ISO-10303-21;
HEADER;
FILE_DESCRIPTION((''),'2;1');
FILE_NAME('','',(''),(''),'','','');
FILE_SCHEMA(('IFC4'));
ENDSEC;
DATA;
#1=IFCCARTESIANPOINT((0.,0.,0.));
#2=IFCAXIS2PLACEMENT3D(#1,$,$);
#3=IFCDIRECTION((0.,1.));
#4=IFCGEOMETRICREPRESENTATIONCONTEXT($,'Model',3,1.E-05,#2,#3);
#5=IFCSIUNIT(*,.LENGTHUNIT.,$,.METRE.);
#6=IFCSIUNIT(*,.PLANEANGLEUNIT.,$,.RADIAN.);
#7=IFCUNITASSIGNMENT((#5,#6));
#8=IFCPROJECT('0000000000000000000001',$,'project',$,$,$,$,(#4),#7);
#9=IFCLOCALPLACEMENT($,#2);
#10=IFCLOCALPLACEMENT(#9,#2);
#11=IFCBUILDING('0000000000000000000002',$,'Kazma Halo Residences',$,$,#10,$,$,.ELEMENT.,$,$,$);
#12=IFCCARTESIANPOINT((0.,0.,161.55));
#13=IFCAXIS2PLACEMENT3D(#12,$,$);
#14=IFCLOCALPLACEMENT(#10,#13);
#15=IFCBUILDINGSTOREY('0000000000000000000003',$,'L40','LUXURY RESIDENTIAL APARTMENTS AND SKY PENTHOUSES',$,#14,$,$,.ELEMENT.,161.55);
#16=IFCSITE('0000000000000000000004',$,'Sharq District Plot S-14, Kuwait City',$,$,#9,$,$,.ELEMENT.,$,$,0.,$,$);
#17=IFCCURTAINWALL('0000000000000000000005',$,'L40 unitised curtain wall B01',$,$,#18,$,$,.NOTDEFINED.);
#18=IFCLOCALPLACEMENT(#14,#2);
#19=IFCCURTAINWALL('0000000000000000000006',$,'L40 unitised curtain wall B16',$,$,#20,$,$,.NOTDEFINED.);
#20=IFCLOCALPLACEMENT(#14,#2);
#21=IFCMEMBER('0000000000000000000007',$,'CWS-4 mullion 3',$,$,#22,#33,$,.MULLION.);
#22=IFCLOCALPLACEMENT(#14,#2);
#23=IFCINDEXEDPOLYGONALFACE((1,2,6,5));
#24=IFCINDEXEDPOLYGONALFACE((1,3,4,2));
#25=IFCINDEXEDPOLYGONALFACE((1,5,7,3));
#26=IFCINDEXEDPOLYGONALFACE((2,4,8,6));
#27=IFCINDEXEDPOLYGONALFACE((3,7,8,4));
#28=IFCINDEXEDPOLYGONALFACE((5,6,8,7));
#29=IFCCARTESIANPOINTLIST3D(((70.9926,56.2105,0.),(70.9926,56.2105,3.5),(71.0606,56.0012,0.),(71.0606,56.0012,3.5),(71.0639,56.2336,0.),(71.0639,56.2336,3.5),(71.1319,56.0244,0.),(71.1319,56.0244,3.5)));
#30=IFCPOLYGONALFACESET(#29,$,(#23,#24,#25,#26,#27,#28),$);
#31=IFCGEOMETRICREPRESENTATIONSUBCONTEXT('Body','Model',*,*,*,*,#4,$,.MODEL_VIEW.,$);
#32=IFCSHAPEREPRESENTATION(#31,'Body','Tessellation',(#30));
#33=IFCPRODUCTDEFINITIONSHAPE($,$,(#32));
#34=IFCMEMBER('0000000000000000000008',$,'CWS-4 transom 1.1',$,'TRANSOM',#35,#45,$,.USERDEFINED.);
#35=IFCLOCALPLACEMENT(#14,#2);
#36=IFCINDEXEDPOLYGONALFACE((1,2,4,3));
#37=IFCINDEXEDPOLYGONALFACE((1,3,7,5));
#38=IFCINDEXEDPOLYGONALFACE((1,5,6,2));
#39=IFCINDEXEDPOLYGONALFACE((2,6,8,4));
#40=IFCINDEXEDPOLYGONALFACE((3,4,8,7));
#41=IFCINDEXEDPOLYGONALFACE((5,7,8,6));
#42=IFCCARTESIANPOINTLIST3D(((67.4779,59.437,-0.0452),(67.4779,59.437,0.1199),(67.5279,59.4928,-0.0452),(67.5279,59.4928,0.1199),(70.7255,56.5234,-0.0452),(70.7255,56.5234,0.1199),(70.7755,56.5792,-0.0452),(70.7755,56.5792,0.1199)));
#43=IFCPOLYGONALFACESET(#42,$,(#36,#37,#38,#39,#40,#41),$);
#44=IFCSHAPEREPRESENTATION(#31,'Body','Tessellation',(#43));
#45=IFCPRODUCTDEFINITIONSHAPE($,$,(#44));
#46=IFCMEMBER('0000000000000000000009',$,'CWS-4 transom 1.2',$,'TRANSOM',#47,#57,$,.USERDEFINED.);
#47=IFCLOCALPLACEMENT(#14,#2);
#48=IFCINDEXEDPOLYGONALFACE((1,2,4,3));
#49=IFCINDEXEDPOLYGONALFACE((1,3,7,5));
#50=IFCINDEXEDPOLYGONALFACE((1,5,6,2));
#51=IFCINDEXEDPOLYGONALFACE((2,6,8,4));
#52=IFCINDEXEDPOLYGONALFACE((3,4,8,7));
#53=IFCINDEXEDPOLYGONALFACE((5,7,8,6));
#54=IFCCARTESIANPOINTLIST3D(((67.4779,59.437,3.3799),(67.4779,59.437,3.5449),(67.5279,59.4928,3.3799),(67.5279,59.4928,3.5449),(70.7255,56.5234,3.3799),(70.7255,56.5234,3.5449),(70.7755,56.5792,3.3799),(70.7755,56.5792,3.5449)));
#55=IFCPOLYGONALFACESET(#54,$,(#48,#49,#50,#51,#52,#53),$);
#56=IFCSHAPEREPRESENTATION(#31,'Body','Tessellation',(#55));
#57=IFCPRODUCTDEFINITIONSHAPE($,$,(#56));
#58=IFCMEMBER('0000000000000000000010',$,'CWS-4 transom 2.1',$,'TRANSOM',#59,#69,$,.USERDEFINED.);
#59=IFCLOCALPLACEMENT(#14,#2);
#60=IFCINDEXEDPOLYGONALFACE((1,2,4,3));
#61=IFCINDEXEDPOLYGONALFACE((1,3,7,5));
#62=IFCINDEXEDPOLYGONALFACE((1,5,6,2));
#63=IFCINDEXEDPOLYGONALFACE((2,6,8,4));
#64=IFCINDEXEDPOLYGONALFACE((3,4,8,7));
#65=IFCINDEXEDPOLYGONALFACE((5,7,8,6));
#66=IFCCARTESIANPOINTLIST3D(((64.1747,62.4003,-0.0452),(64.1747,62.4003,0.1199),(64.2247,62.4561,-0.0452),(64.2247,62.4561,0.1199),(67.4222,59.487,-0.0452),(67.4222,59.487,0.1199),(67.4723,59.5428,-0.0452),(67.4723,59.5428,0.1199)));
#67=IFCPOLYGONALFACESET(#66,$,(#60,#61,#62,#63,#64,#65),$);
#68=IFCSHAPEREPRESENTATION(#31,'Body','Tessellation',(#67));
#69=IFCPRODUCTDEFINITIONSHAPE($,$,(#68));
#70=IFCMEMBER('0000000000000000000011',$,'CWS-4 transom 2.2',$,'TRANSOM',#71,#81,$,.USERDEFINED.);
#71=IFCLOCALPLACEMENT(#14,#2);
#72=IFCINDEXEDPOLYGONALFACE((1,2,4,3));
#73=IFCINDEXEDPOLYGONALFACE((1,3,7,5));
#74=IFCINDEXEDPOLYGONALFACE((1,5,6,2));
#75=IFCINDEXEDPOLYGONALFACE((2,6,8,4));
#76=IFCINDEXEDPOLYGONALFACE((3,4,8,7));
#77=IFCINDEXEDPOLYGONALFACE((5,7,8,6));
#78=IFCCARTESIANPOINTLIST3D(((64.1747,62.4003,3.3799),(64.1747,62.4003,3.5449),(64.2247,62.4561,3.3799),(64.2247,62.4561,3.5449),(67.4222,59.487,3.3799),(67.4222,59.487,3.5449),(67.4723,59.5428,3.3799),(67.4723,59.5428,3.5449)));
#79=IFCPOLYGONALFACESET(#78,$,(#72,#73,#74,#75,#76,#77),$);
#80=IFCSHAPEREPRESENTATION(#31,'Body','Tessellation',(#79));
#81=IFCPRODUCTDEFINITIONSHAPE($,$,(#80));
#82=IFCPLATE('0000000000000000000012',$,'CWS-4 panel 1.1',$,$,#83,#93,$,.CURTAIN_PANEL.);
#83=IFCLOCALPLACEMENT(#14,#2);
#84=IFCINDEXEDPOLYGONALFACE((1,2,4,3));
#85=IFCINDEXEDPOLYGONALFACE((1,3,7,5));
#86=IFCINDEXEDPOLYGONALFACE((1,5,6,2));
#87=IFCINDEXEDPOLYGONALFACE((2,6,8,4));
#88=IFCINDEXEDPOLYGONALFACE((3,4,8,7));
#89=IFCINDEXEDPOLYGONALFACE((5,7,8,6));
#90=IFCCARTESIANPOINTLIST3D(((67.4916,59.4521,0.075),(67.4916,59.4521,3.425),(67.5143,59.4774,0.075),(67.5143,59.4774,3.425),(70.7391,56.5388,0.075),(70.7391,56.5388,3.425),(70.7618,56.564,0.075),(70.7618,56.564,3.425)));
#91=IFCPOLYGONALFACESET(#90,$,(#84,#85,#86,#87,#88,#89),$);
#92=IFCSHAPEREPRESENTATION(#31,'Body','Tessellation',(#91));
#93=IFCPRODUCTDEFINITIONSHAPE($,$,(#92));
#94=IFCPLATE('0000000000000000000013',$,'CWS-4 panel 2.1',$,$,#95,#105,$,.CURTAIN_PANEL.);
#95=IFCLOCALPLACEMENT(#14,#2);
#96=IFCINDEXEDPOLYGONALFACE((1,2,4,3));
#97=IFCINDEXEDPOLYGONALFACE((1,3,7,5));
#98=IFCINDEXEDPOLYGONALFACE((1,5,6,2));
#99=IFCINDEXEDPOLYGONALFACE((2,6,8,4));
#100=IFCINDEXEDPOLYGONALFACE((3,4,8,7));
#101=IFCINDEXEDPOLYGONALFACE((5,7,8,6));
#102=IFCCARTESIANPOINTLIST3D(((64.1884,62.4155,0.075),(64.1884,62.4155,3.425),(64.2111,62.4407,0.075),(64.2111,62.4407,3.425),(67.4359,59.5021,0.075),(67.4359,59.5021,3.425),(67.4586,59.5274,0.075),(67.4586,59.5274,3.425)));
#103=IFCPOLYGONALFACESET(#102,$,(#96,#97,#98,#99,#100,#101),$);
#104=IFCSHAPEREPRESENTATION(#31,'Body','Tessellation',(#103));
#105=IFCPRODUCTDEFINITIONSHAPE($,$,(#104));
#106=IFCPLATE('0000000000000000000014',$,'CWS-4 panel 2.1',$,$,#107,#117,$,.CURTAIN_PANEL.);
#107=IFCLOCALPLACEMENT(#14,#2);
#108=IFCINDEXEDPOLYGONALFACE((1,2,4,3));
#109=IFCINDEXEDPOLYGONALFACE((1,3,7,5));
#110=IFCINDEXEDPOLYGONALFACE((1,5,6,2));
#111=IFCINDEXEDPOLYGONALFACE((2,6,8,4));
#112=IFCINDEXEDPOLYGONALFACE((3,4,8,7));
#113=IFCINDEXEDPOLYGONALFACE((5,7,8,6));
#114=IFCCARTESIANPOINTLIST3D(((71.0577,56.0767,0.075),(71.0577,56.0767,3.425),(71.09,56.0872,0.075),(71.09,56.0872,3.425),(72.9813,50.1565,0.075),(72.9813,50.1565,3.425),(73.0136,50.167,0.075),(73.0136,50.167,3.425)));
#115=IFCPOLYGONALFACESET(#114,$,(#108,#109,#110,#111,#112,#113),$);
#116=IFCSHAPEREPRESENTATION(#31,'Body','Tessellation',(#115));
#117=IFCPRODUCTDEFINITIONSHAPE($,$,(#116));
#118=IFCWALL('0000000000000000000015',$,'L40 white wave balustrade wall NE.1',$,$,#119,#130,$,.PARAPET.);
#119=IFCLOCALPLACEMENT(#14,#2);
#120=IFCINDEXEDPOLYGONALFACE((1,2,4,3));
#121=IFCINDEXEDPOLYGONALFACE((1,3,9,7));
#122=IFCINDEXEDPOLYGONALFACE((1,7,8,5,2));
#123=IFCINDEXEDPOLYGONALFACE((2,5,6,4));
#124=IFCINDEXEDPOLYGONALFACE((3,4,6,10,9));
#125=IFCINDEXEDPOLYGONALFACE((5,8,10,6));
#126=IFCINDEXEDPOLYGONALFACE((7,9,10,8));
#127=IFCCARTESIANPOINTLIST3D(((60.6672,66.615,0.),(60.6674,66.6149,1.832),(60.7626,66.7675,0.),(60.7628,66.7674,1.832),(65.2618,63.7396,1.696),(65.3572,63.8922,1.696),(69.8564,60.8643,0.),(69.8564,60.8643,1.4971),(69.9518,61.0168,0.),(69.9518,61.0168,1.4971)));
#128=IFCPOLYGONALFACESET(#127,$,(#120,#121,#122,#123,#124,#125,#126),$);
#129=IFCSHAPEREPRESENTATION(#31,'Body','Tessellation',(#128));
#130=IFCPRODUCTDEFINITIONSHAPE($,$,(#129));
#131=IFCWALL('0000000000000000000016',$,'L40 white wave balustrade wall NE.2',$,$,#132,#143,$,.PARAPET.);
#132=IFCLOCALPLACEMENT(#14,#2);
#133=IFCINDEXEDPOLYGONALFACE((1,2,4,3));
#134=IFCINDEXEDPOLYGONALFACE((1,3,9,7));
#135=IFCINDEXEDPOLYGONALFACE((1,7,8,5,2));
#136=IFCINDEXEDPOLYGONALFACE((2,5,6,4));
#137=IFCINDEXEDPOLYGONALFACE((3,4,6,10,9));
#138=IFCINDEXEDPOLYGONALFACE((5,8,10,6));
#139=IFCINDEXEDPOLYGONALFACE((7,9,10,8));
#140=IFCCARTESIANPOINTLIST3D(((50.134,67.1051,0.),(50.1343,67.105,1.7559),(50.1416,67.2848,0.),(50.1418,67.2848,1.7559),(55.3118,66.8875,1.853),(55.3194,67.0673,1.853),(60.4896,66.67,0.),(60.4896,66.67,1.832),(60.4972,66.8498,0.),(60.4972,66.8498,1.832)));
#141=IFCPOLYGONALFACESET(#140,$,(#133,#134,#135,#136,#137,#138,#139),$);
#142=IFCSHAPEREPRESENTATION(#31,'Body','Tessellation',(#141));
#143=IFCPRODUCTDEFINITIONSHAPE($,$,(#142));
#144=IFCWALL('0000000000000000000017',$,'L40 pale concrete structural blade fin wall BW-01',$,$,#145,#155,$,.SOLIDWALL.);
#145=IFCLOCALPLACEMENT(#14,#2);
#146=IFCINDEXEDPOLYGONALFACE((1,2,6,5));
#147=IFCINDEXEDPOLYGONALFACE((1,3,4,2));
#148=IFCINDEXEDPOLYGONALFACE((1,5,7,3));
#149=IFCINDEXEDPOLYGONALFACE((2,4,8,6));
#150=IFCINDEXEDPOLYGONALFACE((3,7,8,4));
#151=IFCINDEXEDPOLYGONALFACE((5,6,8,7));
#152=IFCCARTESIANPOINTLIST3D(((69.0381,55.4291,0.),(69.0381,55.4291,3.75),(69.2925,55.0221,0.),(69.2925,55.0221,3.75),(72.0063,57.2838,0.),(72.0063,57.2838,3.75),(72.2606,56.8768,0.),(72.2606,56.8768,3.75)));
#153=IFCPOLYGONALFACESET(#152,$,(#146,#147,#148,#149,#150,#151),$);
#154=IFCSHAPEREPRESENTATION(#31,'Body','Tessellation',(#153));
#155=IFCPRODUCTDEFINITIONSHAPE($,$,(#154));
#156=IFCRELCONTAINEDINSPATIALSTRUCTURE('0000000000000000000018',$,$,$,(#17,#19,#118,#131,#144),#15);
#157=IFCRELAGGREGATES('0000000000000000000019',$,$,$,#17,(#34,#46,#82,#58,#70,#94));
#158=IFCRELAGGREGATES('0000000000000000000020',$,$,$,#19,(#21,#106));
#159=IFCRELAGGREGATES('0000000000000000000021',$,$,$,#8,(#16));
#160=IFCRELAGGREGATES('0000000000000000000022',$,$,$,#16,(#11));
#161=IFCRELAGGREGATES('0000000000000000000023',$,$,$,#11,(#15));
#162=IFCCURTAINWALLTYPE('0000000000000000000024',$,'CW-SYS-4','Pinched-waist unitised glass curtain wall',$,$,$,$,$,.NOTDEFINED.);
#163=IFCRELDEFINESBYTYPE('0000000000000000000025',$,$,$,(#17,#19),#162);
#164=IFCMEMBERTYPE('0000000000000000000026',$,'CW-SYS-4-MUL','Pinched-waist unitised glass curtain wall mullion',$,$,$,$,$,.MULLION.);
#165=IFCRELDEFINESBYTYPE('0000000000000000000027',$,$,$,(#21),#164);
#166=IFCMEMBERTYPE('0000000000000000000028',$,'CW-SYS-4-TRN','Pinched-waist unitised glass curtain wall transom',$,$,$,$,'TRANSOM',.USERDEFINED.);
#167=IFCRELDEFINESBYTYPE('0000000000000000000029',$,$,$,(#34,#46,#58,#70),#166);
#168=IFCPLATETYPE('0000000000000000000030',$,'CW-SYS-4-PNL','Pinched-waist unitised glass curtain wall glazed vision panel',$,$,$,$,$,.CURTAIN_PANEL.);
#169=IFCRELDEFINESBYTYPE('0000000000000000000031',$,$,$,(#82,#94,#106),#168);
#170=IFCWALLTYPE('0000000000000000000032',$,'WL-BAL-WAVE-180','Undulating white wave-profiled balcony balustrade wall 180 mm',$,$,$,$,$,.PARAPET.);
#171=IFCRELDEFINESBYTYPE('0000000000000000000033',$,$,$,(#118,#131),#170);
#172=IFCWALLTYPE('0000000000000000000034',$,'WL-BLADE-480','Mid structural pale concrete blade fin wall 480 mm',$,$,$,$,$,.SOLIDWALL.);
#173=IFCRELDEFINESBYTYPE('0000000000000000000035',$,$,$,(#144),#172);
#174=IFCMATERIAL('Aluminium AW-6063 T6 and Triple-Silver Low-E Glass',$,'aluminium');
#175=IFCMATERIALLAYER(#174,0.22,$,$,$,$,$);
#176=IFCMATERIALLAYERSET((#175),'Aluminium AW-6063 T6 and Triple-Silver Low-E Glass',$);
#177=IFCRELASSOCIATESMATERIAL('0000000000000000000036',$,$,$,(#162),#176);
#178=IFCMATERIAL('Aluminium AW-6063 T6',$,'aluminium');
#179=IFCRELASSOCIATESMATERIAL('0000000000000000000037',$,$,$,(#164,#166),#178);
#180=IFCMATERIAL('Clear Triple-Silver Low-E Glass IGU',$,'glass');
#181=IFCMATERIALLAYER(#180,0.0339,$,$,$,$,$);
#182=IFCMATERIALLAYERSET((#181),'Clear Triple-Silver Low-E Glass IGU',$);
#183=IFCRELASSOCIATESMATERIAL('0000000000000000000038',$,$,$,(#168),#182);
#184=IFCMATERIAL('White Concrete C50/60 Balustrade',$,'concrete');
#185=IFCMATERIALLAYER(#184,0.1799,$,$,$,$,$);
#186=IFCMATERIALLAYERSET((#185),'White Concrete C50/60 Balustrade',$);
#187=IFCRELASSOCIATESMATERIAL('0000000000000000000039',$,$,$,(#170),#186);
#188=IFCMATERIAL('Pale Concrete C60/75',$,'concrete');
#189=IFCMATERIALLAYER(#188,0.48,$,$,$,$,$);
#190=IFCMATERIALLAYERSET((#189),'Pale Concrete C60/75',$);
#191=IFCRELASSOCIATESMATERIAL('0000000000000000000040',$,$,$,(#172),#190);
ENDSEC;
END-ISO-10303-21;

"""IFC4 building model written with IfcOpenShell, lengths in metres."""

from ifc_helpers import new_model, si_unit, direction, frame, frame_2d, origin, origin_2d, place, context, subcontext, project, spatial, polyline, rectangle, outline, extrude, material, layer, layer_set, material_profile, profile_set, type_object, element, aggregate, save


model = new_model("IFC4")

# Units and contexts
model_context = context("Model", 3, precision=1e-05, world=origin(), true_north=direction((0.0, 1.0)))
body_context = subcontext(model_context, "Body", "Model", "MODEL_VIEW")
ifc_project = project(units=[si_unit("LENGTHUNIT", "METRE"), si_unit("PLANEANGLEUNIT", "RADIAN")], contexts=[model_context])

# Site, building, storey
site_placement = place(None, origin())
site = spatial("IfcSite", under=ifc_project, at=site_placement, Name="Sharq District Plot S-14, Kuwait City", CompositionType="ELEMENT", RefElevation=0.0)
building_placement = place(site_placement, origin())
building = spatial("IfcBuilding", under=site, at=building_placement, Name="Kazma Halo Residences", CompositionType="ELEMENT")
storey_placement = place(building_placement, frame((0.0, 0.0, 161.55)))
storey = spatial("IfcBuildingStorey", under=building, at=storey_placement, Name="L40", Description="LUXURY RESIDENTIAL APARTMENTS AND SKY PENTHOUSES", CompositionType="ELEMENT", Elevation=161.55)

# Curtain wall
ifc_material_1 = material(Name="Aluminium AW-6063 T6 and Triple-Silver Low-E Glass", Category="aluminium")
ifc_layer_1 = layer(ifc_material_1, 0.22)
ifc_layer_set_1 = layer_set([ifc_layer_1], Name="Aluminium AW-6063 T6 and Triple-Silver Low-E Glass")
curtain_wall_type = type_object("IfcCurtainWallType", Name="CW-SYS-4", Description="Pinched-waist unitised glass curtain wall", PredefinedType="NOTDEFINED", material=ifc_layer_set_1)
curtain_wall_1_placement = place(storey_placement, origin())
curtain_wall_1 = element("IfcCurtainWall", 1, at=curtain_wall_1_placement, inside=storey, type_object=curtain_wall_type, Name="L40 unitised curtain wall B01", PredefinedType="NOTDEFINED")
ifc_material_2 = material(Name="Aluminium AW-6063 T6", Category="aluminium")
ifc_material_profile_1 = material_profile(ifc_material_2, rectangle(XDim=0.075, YDim=0.22, at=origin_2d()), Name="CWM-75x220")
ifc_profile_set_1 = profile_set([ifc_material_profile_1], Name="Aluminium AW-6063 T6")
member_type_1 = type_object("IfcMemberType", Name="CW-SYS-4-MUL", Description="Pinched-waist unitised glass curtain wall mullion", PredefinedType="MULLION", material=ifc_profile_set_1)

# Curtain wall, member
curtain_wall_2_placement = place(storey_placement, origin())
curtain_wall_2 = element("IfcCurtainWall", 2, at=curtain_wall_2_placement, inside=storey, type_object=curtain_wall_type, Name="L40 unitised curtain wall B16", PredefinedType="NOTDEFINED")
member_1_placement = place(storey_placement, frame((71.0623, 56.1174, 0.0), z_axis=(0.0, 0.0, 1.0), x_axis=(-0.951058, -0.309014, 0.0)))
member_1 = element("IfcMember", 3, at=member_1_placement, type_object=member_type_1, Name="CWS-4 mullion 3", PredefinedType="MULLION", context=body_context, shape_type="SweptSolid", body=[
    extrude(rectangle(XDim=0.075, YDim=0.22, at=origin_2d()), origin(), (0.0, 0.0, 1.0), 3.5),
])

# Members
ifc_material_profile_2 = material_profile(ifc_material_2, rectangle(XDim=0.075, YDim=0.165, at=origin_2d()), Name="CWT-75x165")
ifc_profile_set_2 = profile_set([ifc_material_profile_2], Name="Aluminium AW-6063 T6")
member_type_2 = type_object("IfcMemberType", Name="CW-SYS-4-TRN", Description="Pinched-waist unitised glass curtain wall transom", ElementType="TRANSOM", PredefinedType="USERDEFINED", material=ifc_profile_set_2)
member_2_placement = place(storey_placement, frame((70.7505, 56.5513, 0.0374), z_axis=(-0.744345, 0.667795, 0.0), x_axis=(-0.667795, -0.744345, 0.0)))
member_2 = element("IfcMember", 4, at=member_2_placement, type_object=member_type_2, Name="CWS-4 transom 1.1", ObjectType="TRANSOM", PredefinedType="USERDEFINED", context=body_context, shape_type="SweptSolid", body=[
    extrude(rectangle(XDim=0.075, YDim=0.165, at=origin_2d()), origin(), (0.0, 0.0, 1.0), 4.363),
])
member_3_placement = place(storey_placement, frame((70.7505, 56.5513, 3.4624), z_axis=(-0.744345, 0.667795, 0.0), x_axis=(-0.667795, -0.744345, 0.0)))
member_3 = element("IfcMember", 5, at=member_3_placement, type_object=member_type_2, Name="CWS-4 transom 1.2", ObjectType="TRANSOM", PredefinedType="USERDEFINED", context=body_context, shape_type="SweptSolid", body=[
    extrude(rectangle(XDim=0.075, YDim=0.165, at=origin_2d()), origin(), (0.0, 0.0, 1.0), 4.363),
])
member_4_placement = place(storey_placement, frame((67.4473, 59.5149, 0.0374), z_axis=(-0.744373, 0.667764, 0.0), x_axis=(-0.667764, -0.744373, 0.0)))
member_4 = element("IfcMember", 6, at=member_4_placement, type_object=member_type_2, Name="CWS-4 transom 2.1", ObjectType="TRANSOM", PredefinedType="USERDEFINED", context=body_context, shape_type="SweptSolid", body=[
    extrude(rectangle(XDim=0.075, YDim=0.165, at=origin_2d()), origin(), (0.0, 0.0, 1.0), 4.3628),
])
member_5_placement = place(storey_placement, frame((67.4473, 59.5149, 3.4624), z_axis=(-0.744373, 0.667764, 0.0), x_axis=(-0.667764, -0.744373, 0.0)))
member_5 = element("IfcMember", 7, at=member_5_placement, type_object=member_type_2, Name="CWS-4 transom 2.2", ObjectType="TRANSOM", PredefinedType="USERDEFINED", context=body_context, shape_type="SweptSolid", body=[
    extrude(rectangle(XDim=0.075, YDim=0.165, at=origin_2d()), origin(), (0.0, 0.0, 1.0), 4.3628),
])

# Plates
ifc_material_3 = material(Name="Clear Triple-Silver Low-E Glass IGU", Category="glass")
ifc_layer_2 = layer(ifc_material_3, 0.0339)
ifc_layer_set_2 = layer_set([ifc_layer_2], Name="Clear Triple-Silver Low-E Glass IGU")
plate_type = type_object("IfcPlateType", Name="CW-SYS-4-PNL", Description="Pinched-waist unitised glass curtain wall glazed vision panel", PredefinedType="CURTAIN_PANEL", material=ifc_layer_set_2)
plate_1_placement = place(storey_placement, frame((69.1267, 58.0081, 0.075), z_axis=(0.0, 0.0, 1.0), x_axis=(-0.744368, 0.66777, 0.0)))
plate_1 = element("IfcPlate", 8, at=plate_1_placement, type_object=plate_type, Name="CWS-4 panel 1.1", PredefinedType="CURTAIN_PANEL", context=body_context, shape_type="SweptSolid", body=[
    extrude(rectangle(XDim=4.3628, YDim=0.0339, at=origin_2d()), origin(), (0.0, 0.0, 1.0), 3.3501),
])
plate_2_placement = place(storey_placement, frame((65.8235, 60.9714, 0.075), z_axis=(0.0, 0.0, 1.0), x_axis=(-0.744368, 0.66777, 0.0)))
plate_2 = element("IfcPlate", 9, at=plate_2_placement, type_object=plate_type, Name="CWS-4 panel 2.1", PredefinedType="CURTAIN_PANEL", context=body_context, shape_type="SweptSolid", body=[
    extrude(rectangle(XDim=4.3628, YDim=0.0339, at=origin_2d()), origin(), (0.0, 0.0, 1.0), 3.3501),
])
aggregate(curtain_wall_1, [member_2, member_3, plate_1, member_4, member_5, plate_2])
plate_3_placement = place(storey_placement, frame((72.0356, 53.1218, 0.075), z_axis=(0.0, 0.0, 1.0), x_axis=(-0.309014, 0.951058, 0.0)))
plate_3 = element("IfcPlate", 10, at=plate_3_placement, type_object=plate_type, Name="CWS-4 panel 2.1", PredefinedType="CURTAIN_PANEL", context=body_context, shape_type="SweptSolid", body=[
    extrude(rectangle(XDim=6.2249, YDim=0.0339, at=origin_2d()), origin(), (0.0, 0.0, 1.0), 3.3501),
])
aggregate(curtain_wall_2, [member_1, plate_3])

# Walls
ifc_material_4 = material(Name="White Concrete C50/60 Balustrade", Category="concrete")
ifc_layer_3 = layer(ifc_material_4, 0.1799)
ifc_layer_set_3 = layer_set([ifc_layer_3], Name="White Concrete C50/60 Balustrade")
wall_type_1 = type_object("IfcWallType", Name="WL-BAL-WAVE-180", Description="Undulating white wave-profiled balcony balustrade wall 180 mm", PredefinedType="PARAPET", material=ifc_layer_set_3)
wall_1_placement = place(storey_placement, frame((69.9041, 60.9404, 0.0), z_axis=(0.0, 0.0, 1.0), x_axis=(-0.847688, 0.530495, 0.0)))
element("IfcWall", 11, at=wall_1_placement, inside=storey, type_object=wall_type_1, Name="L40 white wave balustrade wall NE.1", PredefinedType="PARAPET", context=body_context, shape_type="SweptSolid", body=[
    extrude(outline(polyline([(0.0, 0.0), (10.8403, 0.0), (10.8401, 1.832), (5.4202, 1.696), (0.0, 1.4971), (0.0, 0.0)])), frame((0.0, 0.0898, 0.0), z_axis=(0.0, -1.0, 0.0), x_axis=(1.0, 0.0, 0.0)), (0.0, 0.0, 1.0), 0.1799),
])
wall_2_placement = place(storey_placement, frame((60.4934, 66.7598, 0.0), z_axis=(0.0, 0.0, 1.0), x_axis=(-0.999119, 0.041974, 0.0)))
element("IfcWall", 12, at=wall_2_placement, inside=storey, type_object=wall_type_1, Name="L40 white wave balustrade wall NE.2", PredefinedType="PARAPET", context=body_context, shape_type="SweptSolid", body=[
    extrude(outline(polyline([(0.0, 0.0), (10.3647, 0.0), (10.3645, 1.7559), (5.1824, 1.853), (0.0, 1.832), (0.0, 0.0)])), frame((0.0, 0.0898, 0.0), z_axis=(0.0, -1.0, 0.0), x_axis=(1.0, 0.0, 0.0)), (0.0, 0.0, 1.0), 0.1799),
])
ifc_material_5 = material(Name="Pale Concrete C60/75", Category="concrete")
ifc_layer_4 = layer(ifc_material_5, 0.48)
ifc_layer_set_4 = layer_set([ifc_layer_4], Name="Pale Concrete C60/75")
wall_type_2 = type_object("IfcWallType", Name="WL-BLADE-480", Description="Mid structural pale concrete blade fin wall 480 mm", PredefinedType="SOLIDWALL", material=ifc_layer_set_4)
wall_3_placement = place(storey_placement, frame((69.1653, 55.2256, 0.0), z_axis=(0.0, 0.0, 1.0), x_axis=(0.848053, 0.529911, 0.0)))
element("IfcWall", 13, at=wall_3_placement, inside=storey, type_object=wall_type_2, Name="L40 pale concrete structural blade fin wall BW-01", PredefinedType="SOLIDWALL", context=body_context, shape_type="SweptSolid", body=[
    extrude(rectangle(XDim=3.5, YDim=0.48, at=frame_2d((1.75, 0.0))), origin(), (0.0, 0.0, 1.0), 3.75),
])

save(model, "model.ifc")
